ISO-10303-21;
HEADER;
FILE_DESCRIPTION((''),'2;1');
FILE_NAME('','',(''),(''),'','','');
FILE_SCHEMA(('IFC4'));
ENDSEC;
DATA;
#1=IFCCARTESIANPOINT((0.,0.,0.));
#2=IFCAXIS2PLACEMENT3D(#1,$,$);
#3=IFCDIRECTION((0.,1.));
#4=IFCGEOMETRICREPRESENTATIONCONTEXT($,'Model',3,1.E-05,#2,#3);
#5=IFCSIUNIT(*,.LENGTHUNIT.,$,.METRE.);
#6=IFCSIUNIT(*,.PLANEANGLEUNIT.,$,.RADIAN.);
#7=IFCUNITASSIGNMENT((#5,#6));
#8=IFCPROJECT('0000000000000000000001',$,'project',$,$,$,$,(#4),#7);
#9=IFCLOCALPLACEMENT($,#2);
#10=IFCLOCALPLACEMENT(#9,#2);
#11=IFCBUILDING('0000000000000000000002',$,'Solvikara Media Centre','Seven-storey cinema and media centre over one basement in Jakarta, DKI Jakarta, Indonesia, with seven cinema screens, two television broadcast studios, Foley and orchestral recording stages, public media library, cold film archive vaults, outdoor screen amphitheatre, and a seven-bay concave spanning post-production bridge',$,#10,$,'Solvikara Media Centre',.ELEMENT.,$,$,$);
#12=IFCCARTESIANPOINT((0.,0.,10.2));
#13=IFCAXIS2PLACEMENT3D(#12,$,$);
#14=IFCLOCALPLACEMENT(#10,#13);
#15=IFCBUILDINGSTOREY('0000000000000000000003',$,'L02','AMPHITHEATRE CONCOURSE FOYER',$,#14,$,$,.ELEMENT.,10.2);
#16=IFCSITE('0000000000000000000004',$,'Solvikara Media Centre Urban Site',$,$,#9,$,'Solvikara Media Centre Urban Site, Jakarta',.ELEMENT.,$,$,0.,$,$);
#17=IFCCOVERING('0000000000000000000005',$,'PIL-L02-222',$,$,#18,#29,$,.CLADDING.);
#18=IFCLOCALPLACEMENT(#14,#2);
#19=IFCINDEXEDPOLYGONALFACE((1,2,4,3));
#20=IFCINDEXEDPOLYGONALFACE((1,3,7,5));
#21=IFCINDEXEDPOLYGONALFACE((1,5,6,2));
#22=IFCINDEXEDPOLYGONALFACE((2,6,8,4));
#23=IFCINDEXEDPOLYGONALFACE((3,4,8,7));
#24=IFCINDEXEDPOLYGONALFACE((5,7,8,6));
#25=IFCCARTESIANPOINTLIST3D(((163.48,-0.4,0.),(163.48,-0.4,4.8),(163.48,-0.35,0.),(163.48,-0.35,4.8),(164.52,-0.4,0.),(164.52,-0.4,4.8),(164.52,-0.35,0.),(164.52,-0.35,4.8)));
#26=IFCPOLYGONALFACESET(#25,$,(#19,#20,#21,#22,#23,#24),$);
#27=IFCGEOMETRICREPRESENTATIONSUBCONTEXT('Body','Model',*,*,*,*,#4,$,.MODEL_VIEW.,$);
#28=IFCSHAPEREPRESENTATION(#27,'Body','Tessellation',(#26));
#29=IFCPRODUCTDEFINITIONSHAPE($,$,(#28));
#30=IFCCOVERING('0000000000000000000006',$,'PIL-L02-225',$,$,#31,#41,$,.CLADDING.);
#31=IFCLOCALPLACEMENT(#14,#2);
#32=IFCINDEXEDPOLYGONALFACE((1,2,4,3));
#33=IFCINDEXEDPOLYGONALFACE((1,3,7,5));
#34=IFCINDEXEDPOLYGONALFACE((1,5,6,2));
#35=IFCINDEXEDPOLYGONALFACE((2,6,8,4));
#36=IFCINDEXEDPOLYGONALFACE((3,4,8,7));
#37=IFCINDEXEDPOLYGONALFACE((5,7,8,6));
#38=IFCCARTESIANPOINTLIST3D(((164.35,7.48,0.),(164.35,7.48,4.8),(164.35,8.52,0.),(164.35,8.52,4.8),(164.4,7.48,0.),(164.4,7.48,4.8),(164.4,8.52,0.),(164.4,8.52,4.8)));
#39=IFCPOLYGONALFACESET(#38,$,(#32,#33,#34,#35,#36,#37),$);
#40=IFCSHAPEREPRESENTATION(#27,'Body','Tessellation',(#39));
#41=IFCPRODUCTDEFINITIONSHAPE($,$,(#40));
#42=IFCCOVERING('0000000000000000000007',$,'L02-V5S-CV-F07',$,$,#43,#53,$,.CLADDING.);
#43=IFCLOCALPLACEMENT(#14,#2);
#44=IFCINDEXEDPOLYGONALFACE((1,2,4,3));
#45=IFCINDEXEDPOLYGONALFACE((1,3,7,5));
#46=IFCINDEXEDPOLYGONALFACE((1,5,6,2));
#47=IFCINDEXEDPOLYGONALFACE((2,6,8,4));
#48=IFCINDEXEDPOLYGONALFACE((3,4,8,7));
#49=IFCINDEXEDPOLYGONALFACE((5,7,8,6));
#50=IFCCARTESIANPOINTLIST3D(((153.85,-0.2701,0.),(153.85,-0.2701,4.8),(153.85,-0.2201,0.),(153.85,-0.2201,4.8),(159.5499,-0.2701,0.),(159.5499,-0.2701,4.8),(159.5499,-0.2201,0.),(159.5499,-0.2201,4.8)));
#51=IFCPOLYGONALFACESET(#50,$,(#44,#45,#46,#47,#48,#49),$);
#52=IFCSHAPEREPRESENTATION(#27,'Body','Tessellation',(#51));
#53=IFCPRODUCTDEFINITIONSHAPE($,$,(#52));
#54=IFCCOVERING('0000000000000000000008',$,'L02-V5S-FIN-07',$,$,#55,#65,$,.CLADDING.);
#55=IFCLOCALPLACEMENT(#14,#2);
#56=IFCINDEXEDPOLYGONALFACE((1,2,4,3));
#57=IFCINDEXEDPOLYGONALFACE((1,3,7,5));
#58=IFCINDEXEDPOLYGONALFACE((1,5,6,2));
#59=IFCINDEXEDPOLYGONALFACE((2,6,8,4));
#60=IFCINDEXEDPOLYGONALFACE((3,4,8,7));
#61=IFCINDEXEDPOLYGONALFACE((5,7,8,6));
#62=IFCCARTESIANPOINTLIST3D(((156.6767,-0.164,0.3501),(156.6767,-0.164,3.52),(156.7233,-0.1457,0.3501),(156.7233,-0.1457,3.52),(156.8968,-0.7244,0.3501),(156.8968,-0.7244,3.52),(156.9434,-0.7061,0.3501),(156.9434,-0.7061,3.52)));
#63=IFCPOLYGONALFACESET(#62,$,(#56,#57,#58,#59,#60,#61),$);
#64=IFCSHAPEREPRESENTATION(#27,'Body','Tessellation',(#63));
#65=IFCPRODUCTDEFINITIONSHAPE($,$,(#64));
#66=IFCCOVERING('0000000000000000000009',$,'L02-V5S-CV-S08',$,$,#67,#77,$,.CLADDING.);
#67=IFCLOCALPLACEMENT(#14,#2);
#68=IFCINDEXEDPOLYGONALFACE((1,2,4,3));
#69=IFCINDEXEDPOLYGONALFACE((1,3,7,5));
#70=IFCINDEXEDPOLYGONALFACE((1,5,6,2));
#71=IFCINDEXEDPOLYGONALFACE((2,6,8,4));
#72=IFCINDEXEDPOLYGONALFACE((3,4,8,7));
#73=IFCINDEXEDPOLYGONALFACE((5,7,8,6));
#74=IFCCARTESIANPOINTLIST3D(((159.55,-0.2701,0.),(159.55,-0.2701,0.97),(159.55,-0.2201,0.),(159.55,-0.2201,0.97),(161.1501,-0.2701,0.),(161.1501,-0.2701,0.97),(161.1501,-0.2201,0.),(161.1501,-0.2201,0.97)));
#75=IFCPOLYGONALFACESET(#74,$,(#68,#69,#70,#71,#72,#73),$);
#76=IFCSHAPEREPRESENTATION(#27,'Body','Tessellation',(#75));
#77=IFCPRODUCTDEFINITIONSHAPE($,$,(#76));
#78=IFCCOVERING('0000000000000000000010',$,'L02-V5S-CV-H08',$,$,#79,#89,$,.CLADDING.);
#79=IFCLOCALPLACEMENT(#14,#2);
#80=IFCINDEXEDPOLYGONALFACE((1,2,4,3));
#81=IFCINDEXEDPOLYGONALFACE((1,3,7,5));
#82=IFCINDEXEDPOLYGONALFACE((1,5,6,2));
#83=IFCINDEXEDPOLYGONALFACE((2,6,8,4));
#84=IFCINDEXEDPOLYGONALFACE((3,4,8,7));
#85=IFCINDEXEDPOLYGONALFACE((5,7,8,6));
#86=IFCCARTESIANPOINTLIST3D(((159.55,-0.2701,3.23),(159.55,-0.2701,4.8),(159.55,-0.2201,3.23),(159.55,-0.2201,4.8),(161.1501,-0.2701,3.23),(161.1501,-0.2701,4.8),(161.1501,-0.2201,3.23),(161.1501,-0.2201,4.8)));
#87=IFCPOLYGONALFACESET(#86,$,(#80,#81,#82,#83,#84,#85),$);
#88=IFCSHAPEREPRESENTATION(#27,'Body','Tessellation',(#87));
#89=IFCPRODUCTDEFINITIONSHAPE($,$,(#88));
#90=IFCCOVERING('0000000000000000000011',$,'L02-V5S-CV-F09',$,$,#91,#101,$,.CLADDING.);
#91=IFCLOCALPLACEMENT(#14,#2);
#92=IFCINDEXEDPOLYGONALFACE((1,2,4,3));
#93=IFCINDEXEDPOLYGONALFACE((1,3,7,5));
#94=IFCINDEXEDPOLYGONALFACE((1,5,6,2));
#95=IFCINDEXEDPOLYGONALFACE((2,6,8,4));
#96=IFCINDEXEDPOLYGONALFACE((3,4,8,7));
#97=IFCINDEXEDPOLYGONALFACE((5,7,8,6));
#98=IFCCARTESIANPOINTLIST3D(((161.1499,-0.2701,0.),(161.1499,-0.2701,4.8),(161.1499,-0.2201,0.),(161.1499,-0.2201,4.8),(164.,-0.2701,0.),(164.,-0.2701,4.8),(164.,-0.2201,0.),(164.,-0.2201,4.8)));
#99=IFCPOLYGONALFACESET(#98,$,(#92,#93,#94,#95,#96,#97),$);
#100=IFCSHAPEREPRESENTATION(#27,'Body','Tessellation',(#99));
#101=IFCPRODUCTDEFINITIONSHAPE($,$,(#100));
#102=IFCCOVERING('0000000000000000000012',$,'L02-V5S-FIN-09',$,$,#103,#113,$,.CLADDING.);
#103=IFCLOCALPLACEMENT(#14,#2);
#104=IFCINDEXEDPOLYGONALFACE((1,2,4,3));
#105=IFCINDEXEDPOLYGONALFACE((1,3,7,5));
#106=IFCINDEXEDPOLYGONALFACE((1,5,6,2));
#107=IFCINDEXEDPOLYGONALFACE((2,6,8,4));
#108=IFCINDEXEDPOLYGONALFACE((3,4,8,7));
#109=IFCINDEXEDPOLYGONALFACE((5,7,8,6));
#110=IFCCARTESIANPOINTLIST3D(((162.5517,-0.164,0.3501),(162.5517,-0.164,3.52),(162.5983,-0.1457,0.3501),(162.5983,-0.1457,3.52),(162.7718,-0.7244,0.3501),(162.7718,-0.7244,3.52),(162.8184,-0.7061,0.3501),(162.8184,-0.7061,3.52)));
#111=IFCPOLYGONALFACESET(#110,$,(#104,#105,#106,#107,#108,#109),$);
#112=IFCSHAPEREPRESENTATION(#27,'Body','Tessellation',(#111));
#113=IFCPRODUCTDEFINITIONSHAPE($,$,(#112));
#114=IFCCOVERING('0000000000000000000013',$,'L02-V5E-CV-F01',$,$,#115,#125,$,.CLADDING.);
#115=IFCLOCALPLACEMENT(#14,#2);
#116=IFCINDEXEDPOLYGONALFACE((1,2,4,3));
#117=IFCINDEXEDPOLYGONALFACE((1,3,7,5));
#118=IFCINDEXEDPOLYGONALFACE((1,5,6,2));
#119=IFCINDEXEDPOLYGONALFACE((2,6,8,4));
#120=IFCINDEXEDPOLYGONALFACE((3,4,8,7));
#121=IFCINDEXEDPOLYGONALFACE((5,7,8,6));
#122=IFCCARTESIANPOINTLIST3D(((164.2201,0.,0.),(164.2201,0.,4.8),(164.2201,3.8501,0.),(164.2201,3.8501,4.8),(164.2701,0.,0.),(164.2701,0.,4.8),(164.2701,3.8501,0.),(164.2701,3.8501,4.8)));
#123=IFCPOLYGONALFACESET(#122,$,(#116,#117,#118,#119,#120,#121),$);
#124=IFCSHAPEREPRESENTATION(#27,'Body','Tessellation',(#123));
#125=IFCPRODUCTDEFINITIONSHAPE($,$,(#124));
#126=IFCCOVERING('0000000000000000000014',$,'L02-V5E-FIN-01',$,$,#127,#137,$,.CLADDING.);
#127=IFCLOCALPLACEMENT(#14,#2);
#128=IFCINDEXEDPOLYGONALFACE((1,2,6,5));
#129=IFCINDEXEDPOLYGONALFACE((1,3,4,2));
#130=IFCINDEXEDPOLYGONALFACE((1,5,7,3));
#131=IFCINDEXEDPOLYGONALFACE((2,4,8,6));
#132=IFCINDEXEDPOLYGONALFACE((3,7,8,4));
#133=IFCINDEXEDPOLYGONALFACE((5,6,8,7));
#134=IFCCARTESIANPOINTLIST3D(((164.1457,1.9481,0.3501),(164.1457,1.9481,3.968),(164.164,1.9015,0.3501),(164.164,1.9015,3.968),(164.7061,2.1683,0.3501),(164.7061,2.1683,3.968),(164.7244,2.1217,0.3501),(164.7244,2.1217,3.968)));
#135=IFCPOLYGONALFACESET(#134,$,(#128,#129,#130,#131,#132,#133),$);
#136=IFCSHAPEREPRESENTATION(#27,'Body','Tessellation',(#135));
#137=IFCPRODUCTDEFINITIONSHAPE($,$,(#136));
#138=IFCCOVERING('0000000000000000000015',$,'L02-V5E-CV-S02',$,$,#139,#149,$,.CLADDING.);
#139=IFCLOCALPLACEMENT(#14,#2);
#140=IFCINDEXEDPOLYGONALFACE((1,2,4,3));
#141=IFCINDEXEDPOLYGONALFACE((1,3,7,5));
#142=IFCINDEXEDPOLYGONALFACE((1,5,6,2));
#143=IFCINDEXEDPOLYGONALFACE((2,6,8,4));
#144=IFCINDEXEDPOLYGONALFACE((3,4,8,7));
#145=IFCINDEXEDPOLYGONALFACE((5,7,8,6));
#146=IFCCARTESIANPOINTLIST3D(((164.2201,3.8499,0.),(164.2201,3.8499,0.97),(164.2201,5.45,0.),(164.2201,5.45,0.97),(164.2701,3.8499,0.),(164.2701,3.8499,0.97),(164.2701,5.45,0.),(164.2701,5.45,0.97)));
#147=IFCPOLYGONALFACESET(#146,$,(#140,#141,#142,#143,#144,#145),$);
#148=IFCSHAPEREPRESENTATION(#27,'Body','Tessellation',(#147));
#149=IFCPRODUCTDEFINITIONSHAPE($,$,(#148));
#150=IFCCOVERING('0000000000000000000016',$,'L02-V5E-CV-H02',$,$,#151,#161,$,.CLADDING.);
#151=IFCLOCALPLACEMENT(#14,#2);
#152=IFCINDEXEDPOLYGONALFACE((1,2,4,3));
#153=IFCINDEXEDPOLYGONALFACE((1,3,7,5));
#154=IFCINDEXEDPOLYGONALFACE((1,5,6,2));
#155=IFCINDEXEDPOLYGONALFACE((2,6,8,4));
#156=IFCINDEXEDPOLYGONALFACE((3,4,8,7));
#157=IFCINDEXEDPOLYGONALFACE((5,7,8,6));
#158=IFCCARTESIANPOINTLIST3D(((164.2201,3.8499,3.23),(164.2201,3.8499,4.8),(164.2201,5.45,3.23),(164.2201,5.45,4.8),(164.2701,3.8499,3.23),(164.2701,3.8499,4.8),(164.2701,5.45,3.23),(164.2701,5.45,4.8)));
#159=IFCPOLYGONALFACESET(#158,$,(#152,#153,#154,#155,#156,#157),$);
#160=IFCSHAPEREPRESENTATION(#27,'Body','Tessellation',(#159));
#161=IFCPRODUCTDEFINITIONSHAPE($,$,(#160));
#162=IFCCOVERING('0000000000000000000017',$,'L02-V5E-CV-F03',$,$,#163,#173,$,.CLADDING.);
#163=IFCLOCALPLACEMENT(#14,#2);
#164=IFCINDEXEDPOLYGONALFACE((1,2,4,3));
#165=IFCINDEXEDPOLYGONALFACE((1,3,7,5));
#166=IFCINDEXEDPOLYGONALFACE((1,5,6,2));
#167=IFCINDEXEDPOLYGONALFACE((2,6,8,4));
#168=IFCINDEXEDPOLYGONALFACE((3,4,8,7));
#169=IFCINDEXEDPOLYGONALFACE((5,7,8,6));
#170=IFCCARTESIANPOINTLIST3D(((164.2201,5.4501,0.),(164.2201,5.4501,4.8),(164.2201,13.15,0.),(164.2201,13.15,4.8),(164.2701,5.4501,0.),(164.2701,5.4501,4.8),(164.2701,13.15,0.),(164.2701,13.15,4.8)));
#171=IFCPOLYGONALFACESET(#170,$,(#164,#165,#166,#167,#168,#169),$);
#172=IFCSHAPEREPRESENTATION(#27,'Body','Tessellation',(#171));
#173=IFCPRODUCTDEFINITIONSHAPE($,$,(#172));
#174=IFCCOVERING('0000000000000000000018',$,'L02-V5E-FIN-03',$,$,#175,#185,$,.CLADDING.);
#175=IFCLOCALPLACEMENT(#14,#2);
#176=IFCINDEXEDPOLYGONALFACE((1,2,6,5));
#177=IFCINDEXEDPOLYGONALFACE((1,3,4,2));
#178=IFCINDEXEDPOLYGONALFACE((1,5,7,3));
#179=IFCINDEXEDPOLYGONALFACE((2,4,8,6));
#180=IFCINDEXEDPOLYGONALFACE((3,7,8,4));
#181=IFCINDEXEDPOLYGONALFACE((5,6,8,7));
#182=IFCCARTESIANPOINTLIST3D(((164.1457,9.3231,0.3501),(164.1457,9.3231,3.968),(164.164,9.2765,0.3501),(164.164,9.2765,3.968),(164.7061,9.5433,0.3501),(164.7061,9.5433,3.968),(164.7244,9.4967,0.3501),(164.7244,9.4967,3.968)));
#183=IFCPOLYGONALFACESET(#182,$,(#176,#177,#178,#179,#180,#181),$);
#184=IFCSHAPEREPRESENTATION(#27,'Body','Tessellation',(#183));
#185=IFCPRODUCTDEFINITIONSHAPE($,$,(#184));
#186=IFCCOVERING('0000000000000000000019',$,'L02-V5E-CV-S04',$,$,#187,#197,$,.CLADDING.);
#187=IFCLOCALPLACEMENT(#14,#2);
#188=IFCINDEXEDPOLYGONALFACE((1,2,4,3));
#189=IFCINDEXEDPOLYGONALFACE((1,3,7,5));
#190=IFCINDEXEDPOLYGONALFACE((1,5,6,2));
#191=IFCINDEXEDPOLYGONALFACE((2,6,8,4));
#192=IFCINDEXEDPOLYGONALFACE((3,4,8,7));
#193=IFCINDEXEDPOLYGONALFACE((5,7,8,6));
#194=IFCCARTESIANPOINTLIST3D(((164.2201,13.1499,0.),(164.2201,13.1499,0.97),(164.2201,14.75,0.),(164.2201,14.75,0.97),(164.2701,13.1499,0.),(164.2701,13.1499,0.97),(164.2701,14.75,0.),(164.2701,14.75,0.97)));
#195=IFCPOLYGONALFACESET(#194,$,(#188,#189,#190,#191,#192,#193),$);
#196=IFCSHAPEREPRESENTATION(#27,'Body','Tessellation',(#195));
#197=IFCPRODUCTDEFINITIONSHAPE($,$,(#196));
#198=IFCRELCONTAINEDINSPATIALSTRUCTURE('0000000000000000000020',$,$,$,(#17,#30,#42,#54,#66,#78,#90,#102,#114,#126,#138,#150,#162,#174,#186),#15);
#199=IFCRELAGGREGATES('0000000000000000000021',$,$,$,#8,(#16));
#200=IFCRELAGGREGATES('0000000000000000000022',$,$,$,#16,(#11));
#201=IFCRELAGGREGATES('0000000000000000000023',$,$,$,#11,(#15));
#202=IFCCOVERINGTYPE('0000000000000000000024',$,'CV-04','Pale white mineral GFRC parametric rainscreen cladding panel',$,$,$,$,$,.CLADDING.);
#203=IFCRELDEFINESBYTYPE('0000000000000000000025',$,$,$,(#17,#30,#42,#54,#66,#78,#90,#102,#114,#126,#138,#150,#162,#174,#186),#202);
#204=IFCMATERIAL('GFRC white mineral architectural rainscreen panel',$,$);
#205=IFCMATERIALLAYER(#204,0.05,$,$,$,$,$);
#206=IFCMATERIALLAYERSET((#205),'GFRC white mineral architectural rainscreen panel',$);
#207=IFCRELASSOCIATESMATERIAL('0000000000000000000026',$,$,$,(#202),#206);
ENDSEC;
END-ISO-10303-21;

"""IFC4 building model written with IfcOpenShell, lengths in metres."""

from ifc_helpers import new_model, si_unit, direction, frame, origin, origin_2d, place, context, subcontext, project, spatial, rectangle, extrude, material, layer, layer_set, type_object, element, save


model = new_model("IFC4")

# Units and contexts
model_context = context("Model", 3, precision=1e-05, world=origin(), true_north=direction((0.0, 1.0)))
body_context = subcontext(model_context, "Body", "Model", "MODEL_VIEW")
ifc_project = project(units=[si_unit("LENGTHUNIT", "METRE"), si_unit("PLANEANGLEUNIT", "RADIAN")], contexts=[model_context])

# Site, building, storey
site_placement = place(None, origin())
site = spatial("IfcSite", under=ifc_project, at=site_placement, Name="Solvikara Media Centre Urban Site", LongName="Solvikara Media Centre Urban Site, Jakarta", CompositionType="ELEMENT", RefElevation=0.0)
building_placement = place(site_placement, origin())
building = spatial("IfcBuilding", under=site, at=building_placement, Name="Solvikara Media Centre", Description="Seven-storey cinema and media centre over one basement in Jakarta, DKI Jakarta, Indonesia, with seven cinema screens, two television broadcast studios, Foley and orchestral recording stages, public media library, cold film archive vaults, outdoor screen amphitheatre, and a seven-bay concave spanning post-production bridge", LongName="Solvikara Media Centre", CompositionType="ELEMENT")
storey_placement = place(building_placement, frame((0.0, 0.0, 10.2)))
storey = spatial("IfcBuildingStorey", under=building, at=storey_placement, Name="L02", Description="AMPHITHEATRE CONCOURSE FOYER", CompositionType="ELEMENT", Elevation=10.2)

# Coverings
ifc_material_1 = material(Name="GFRC white mineral architectural rainscreen panel")
ifc_layer_1 = layer(ifc_material_1, 0.05)
ifc_layer_set_1 = layer_set([ifc_layer_1], Name="GFRC white mineral architectural rainscreen panel")
covering_type = type_object("IfcCoveringType", Name="CV-04", Description="Pale white mineral GFRC parametric rainscreen cladding panel", PredefinedType="CLADDING", material=ifc_layer_set_1)
for number, where, z_axis, x_axis, name in (
    (1, (164.0, -0.375, 0.0), (0.0, 0.0, 1.0), (1.0, 0.0, 0.0), "PIL-L02-222"),
    (2, (164.375, 8.0, 0.0), (0.0, 0.0, 1.0), (0.0, 1.0, 0.0), "PIL-L02-225"),
):
    element("IfcCovering", number, at=place(storey_placement, frame(where, z_axis=z_axis, x_axis=x_axis)), inside=storey, type_object=covering_type, Name=name, PredefinedType="CLADDING", context=body_context, shape_type="SweptSolid", body=[
        extrude(rectangle(XDim=1.04, YDim=0.05, at=origin_2d()), origin(), (0.0, 0.0, 1.0), 4.8),
    ])
covering_1_placement = place(storey_placement, frame((156.7, -0.2451, 0.0), z_axis=(0.0, 0.0, 1.0), x_axis=(1.0, 0.0, 0.0)))
element("IfcCovering", 3, at=covering_1_placement, inside=storey, type_object=covering_type, Name="L02-V5S-CV-F07", PredefinedType="CLADDING", context=body_context, shape_type="SweptSolid", body=[
    extrude(rectangle(XDim=5.7, YDim=0.05, at=origin_2d()), origin(), (0.0, 0.0, 1.0), 4.8),
])
covering_2_placement = place(storey_placement, frame((156.8101, -0.4351, 0.3501), z_axis=(0.0, 0.0, 1.0), x_axis=(0.365657, -0.93075, 0.0)))
element("IfcCovering", 4, at=covering_2_placement, inside=storey, type_object=covering_type, Name="L02-V5S-FIN-07", PredefinedType="CLADDING", context=body_context, shape_type="SweptSolid", body=[
    extrude(rectangle(XDim=0.6021, YDim=0.05, at=origin_2d()), origin(), (0.0, 0.0, 1.0), 3.1699),
])
covering_3_placement = place(storey_placement, frame((160.3501, -0.2451, 0.0), z_axis=(0.0, 0.0, 1.0), x_axis=(1.0, 0.0, 0.0)))
element("IfcCovering", 5, at=covering_3_placement, inside=storey, type_object=covering_type, Name="L02-V5S-CV-S08", PredefinedType="CLADDING", context=body_context, shape_type="SweptSolid", body=[
    extrude(rectangle(XDim=1.6001, YDim=0.05, at=origin_2d()), origin(), (0.0, 0.0, 1.0), 0.97),
])
covering_4_placement = place(storey_placement, frame((160.3501, -0.2451, 3.23), z_axis=(0.0, 0.0, 1.0), x_axis=(1.0, 0.0, 0.0)))
element("IfcCovering", 6, at=covering_4_placement, inside=storey, type_object=covering_type, Name="L02-V5S-CV-H08", PredefinedType="CLADDING", context=body_context, shape_type="SweptSolid", body=[
    extrude(rectangle(XDim=1.6001, YDim=0.05, at=origin_2d()), origin(), (0.0, 0.0, 1.0), 1.5701),
])
covering_5_placement = place(storey_placement, frame((162.575, -0.2451, 0.0), z_axis=(0.0, 0.0, 1.0), x_axis=(1.0, 0.0, 0.0)))
element("IfcCovering", 7, at=covering_5_placement, inside=storey, type_object=covering_type, Name="L02-V5S-CV-F09", PredefinedType="CLADDING", context=body_context, shape_type="SweptSolid", body=[
    extrude(rectangle(XDim=2.8501, YDim=0.05, at=origin_2d()), origin(), (0.0, 0.0, 1.0), 4.8),
])
covering_6_placement = place(storey_placement, frame((162.6851, -0.4351, 0.3501), z_axis=(0.0, 0.0, 1.0), x_axis=(0.365657, -0.93075, 0.0)))
element("IfcCovering", 8, at=covering_6_placement, inside=storey, type_object=covering_type, Name="L02-V5S-FIN-09", PredefinedType="CLADDING", context=body_context, shape_type="SweptSolid", body=[
    extrude(rectangle(XDim=0.6021, YDim=0.05, at=origin_2d()), origin(), (0.0, 0.0, 1.0), 3.1699),
])
covering_7_placement = place(storey_placement, frame((164.2451, 1.925, 0.0), z_axis=(0.0, 0.0, 1.0), x_axis=(0.0, 1.0, 0.0)))
element("IfcCovering", 9, at=covering_7_placement, inside=storey, type_object=covering_type, Name="L02-V5E-CV-F01", PredefinedType="CLADDING", context=body_context, shape_type="SweptSolid", body=[
    extrude(rectangle(XDim=3.8501, YDim=0.05, at=origin_2d()), origin(), (0.0, 0.0, 1.0), 4.8),
])
covering_8_placement = place(storey_placement, frame((164.4351, 2.0349, 0.3501), z_axis=(0.0, 0.0, 1.0), x_axis=(0.93075, 0.365657, 0.0)))
element("IfcCovering", 10, at=covering_8_placement, inside=storey, type_object=covering_type, Name="L02-V5E-FIN-01", PredefinedType="CLADDING", context=body_context, shape_type="SweptSolid", body=[
    extrude(rectangle(XDim=0.6021, YDim=0.05, at=origin_2d()), origin(), (0.0, 0.0, 1.0), 3.6179),
])
covering_9_placement = place(storey_placement, frame((164.2451, 4.6499, 0.0), z_axis=(0.0, 0.0, 1.0), x_axis=(0.0, 1.0, 0.0)))
element("IfcCovering", 11, at=covering_9_placement, inside=storey, type_object=covering_type, Name="L02-V5E-CV-S02", PredefinedType="CLADDING", context=body_context, shape_type="SweptSolid", body=[
    extrude(rectangle(XDim=1.6001, YDim=0.05, at=origin_2d()), origin(), (0.0, 0.0, 1.0), 0.97),
])
covering_10_placement = place(storey_placement, frame((164.2451, 4.6499, 3.23), z_axis=(0.0, 0.0, 1.0), x_axis=(0.0, 1.0, 0.0)))
element("IfcCovering", 12, at=covering_10_placement, inside=storey, type_object=covering_type, Name="L02-V5E-CV-H02", PredefinedType="CLADDING", context=body_context, shape_type="SweptSolid", body=[
    extrude(rectangle(XDim=1.6001, YDim=0.05, at=origin_2d()), origin(), (0.0, 0.0, 1.0), 1.5701),
])
covering_11_placement = place(storey_placement, frame((164.2451, 9.3, 0.0), z_axis=(0.0, 0.0, 1.0), x_axis=(0.0, 1.0, 0.0)))
element("IfcCovering", 13, at=covering_11_placement, inside=storey, type_object=covering_type, Name="L02-V5E-CV-F03", PredefinedType="CLADDING", context=body_context, shape_type="SweptSolid", body=[
    extrude(rectangle(XDim=7.7, YDim=0.05, at=origin_2d()), origin(), (0.0, 0.0, 1.0), 4.8),
])
covering_12_placement = place(storey_placement, frame((164.4351, 9.4099, 0.3501), z_axis=(0.0, 0.0, 1.0), x_axis=(0.93075, 0.365657, 0.0)))
element("IfcCovering", 14, at=covering_12_placement, inside=storey, type_object=covering_type, Name="L02-V5E-FIN-03", PredefinedType="CLADDING", context=body_context, shape_type="SweptSolid", body=[
    extrude(rectangle(XDim=0.6021, YDim=0.05, at=origin_2d()), origin(), (0.0, 0.0, 1.0), 3.6179),
])
covering_13_placement = place(storey_placement, frame((164.2451, 13.95, 0.0), z_axis=(0.0, 0.0, 1.0), x_axis=(0.0, 1.0, 0.0)))
element("IfcCovering", 15, at=covering_13_placement, inside=storey, type_object=covering_type, Name="L02-V5E-CV-S04", PredefinedType="CLADDING", context=body_context, shape_type="SweptSolid", body=[
    extrude(rectangle(XDim=1.6001, YDim=0.05, at=origin_2d()), origin(), (0.0, 0.0, 1.0), 0.97),
])

save(model, "model.ifc")
